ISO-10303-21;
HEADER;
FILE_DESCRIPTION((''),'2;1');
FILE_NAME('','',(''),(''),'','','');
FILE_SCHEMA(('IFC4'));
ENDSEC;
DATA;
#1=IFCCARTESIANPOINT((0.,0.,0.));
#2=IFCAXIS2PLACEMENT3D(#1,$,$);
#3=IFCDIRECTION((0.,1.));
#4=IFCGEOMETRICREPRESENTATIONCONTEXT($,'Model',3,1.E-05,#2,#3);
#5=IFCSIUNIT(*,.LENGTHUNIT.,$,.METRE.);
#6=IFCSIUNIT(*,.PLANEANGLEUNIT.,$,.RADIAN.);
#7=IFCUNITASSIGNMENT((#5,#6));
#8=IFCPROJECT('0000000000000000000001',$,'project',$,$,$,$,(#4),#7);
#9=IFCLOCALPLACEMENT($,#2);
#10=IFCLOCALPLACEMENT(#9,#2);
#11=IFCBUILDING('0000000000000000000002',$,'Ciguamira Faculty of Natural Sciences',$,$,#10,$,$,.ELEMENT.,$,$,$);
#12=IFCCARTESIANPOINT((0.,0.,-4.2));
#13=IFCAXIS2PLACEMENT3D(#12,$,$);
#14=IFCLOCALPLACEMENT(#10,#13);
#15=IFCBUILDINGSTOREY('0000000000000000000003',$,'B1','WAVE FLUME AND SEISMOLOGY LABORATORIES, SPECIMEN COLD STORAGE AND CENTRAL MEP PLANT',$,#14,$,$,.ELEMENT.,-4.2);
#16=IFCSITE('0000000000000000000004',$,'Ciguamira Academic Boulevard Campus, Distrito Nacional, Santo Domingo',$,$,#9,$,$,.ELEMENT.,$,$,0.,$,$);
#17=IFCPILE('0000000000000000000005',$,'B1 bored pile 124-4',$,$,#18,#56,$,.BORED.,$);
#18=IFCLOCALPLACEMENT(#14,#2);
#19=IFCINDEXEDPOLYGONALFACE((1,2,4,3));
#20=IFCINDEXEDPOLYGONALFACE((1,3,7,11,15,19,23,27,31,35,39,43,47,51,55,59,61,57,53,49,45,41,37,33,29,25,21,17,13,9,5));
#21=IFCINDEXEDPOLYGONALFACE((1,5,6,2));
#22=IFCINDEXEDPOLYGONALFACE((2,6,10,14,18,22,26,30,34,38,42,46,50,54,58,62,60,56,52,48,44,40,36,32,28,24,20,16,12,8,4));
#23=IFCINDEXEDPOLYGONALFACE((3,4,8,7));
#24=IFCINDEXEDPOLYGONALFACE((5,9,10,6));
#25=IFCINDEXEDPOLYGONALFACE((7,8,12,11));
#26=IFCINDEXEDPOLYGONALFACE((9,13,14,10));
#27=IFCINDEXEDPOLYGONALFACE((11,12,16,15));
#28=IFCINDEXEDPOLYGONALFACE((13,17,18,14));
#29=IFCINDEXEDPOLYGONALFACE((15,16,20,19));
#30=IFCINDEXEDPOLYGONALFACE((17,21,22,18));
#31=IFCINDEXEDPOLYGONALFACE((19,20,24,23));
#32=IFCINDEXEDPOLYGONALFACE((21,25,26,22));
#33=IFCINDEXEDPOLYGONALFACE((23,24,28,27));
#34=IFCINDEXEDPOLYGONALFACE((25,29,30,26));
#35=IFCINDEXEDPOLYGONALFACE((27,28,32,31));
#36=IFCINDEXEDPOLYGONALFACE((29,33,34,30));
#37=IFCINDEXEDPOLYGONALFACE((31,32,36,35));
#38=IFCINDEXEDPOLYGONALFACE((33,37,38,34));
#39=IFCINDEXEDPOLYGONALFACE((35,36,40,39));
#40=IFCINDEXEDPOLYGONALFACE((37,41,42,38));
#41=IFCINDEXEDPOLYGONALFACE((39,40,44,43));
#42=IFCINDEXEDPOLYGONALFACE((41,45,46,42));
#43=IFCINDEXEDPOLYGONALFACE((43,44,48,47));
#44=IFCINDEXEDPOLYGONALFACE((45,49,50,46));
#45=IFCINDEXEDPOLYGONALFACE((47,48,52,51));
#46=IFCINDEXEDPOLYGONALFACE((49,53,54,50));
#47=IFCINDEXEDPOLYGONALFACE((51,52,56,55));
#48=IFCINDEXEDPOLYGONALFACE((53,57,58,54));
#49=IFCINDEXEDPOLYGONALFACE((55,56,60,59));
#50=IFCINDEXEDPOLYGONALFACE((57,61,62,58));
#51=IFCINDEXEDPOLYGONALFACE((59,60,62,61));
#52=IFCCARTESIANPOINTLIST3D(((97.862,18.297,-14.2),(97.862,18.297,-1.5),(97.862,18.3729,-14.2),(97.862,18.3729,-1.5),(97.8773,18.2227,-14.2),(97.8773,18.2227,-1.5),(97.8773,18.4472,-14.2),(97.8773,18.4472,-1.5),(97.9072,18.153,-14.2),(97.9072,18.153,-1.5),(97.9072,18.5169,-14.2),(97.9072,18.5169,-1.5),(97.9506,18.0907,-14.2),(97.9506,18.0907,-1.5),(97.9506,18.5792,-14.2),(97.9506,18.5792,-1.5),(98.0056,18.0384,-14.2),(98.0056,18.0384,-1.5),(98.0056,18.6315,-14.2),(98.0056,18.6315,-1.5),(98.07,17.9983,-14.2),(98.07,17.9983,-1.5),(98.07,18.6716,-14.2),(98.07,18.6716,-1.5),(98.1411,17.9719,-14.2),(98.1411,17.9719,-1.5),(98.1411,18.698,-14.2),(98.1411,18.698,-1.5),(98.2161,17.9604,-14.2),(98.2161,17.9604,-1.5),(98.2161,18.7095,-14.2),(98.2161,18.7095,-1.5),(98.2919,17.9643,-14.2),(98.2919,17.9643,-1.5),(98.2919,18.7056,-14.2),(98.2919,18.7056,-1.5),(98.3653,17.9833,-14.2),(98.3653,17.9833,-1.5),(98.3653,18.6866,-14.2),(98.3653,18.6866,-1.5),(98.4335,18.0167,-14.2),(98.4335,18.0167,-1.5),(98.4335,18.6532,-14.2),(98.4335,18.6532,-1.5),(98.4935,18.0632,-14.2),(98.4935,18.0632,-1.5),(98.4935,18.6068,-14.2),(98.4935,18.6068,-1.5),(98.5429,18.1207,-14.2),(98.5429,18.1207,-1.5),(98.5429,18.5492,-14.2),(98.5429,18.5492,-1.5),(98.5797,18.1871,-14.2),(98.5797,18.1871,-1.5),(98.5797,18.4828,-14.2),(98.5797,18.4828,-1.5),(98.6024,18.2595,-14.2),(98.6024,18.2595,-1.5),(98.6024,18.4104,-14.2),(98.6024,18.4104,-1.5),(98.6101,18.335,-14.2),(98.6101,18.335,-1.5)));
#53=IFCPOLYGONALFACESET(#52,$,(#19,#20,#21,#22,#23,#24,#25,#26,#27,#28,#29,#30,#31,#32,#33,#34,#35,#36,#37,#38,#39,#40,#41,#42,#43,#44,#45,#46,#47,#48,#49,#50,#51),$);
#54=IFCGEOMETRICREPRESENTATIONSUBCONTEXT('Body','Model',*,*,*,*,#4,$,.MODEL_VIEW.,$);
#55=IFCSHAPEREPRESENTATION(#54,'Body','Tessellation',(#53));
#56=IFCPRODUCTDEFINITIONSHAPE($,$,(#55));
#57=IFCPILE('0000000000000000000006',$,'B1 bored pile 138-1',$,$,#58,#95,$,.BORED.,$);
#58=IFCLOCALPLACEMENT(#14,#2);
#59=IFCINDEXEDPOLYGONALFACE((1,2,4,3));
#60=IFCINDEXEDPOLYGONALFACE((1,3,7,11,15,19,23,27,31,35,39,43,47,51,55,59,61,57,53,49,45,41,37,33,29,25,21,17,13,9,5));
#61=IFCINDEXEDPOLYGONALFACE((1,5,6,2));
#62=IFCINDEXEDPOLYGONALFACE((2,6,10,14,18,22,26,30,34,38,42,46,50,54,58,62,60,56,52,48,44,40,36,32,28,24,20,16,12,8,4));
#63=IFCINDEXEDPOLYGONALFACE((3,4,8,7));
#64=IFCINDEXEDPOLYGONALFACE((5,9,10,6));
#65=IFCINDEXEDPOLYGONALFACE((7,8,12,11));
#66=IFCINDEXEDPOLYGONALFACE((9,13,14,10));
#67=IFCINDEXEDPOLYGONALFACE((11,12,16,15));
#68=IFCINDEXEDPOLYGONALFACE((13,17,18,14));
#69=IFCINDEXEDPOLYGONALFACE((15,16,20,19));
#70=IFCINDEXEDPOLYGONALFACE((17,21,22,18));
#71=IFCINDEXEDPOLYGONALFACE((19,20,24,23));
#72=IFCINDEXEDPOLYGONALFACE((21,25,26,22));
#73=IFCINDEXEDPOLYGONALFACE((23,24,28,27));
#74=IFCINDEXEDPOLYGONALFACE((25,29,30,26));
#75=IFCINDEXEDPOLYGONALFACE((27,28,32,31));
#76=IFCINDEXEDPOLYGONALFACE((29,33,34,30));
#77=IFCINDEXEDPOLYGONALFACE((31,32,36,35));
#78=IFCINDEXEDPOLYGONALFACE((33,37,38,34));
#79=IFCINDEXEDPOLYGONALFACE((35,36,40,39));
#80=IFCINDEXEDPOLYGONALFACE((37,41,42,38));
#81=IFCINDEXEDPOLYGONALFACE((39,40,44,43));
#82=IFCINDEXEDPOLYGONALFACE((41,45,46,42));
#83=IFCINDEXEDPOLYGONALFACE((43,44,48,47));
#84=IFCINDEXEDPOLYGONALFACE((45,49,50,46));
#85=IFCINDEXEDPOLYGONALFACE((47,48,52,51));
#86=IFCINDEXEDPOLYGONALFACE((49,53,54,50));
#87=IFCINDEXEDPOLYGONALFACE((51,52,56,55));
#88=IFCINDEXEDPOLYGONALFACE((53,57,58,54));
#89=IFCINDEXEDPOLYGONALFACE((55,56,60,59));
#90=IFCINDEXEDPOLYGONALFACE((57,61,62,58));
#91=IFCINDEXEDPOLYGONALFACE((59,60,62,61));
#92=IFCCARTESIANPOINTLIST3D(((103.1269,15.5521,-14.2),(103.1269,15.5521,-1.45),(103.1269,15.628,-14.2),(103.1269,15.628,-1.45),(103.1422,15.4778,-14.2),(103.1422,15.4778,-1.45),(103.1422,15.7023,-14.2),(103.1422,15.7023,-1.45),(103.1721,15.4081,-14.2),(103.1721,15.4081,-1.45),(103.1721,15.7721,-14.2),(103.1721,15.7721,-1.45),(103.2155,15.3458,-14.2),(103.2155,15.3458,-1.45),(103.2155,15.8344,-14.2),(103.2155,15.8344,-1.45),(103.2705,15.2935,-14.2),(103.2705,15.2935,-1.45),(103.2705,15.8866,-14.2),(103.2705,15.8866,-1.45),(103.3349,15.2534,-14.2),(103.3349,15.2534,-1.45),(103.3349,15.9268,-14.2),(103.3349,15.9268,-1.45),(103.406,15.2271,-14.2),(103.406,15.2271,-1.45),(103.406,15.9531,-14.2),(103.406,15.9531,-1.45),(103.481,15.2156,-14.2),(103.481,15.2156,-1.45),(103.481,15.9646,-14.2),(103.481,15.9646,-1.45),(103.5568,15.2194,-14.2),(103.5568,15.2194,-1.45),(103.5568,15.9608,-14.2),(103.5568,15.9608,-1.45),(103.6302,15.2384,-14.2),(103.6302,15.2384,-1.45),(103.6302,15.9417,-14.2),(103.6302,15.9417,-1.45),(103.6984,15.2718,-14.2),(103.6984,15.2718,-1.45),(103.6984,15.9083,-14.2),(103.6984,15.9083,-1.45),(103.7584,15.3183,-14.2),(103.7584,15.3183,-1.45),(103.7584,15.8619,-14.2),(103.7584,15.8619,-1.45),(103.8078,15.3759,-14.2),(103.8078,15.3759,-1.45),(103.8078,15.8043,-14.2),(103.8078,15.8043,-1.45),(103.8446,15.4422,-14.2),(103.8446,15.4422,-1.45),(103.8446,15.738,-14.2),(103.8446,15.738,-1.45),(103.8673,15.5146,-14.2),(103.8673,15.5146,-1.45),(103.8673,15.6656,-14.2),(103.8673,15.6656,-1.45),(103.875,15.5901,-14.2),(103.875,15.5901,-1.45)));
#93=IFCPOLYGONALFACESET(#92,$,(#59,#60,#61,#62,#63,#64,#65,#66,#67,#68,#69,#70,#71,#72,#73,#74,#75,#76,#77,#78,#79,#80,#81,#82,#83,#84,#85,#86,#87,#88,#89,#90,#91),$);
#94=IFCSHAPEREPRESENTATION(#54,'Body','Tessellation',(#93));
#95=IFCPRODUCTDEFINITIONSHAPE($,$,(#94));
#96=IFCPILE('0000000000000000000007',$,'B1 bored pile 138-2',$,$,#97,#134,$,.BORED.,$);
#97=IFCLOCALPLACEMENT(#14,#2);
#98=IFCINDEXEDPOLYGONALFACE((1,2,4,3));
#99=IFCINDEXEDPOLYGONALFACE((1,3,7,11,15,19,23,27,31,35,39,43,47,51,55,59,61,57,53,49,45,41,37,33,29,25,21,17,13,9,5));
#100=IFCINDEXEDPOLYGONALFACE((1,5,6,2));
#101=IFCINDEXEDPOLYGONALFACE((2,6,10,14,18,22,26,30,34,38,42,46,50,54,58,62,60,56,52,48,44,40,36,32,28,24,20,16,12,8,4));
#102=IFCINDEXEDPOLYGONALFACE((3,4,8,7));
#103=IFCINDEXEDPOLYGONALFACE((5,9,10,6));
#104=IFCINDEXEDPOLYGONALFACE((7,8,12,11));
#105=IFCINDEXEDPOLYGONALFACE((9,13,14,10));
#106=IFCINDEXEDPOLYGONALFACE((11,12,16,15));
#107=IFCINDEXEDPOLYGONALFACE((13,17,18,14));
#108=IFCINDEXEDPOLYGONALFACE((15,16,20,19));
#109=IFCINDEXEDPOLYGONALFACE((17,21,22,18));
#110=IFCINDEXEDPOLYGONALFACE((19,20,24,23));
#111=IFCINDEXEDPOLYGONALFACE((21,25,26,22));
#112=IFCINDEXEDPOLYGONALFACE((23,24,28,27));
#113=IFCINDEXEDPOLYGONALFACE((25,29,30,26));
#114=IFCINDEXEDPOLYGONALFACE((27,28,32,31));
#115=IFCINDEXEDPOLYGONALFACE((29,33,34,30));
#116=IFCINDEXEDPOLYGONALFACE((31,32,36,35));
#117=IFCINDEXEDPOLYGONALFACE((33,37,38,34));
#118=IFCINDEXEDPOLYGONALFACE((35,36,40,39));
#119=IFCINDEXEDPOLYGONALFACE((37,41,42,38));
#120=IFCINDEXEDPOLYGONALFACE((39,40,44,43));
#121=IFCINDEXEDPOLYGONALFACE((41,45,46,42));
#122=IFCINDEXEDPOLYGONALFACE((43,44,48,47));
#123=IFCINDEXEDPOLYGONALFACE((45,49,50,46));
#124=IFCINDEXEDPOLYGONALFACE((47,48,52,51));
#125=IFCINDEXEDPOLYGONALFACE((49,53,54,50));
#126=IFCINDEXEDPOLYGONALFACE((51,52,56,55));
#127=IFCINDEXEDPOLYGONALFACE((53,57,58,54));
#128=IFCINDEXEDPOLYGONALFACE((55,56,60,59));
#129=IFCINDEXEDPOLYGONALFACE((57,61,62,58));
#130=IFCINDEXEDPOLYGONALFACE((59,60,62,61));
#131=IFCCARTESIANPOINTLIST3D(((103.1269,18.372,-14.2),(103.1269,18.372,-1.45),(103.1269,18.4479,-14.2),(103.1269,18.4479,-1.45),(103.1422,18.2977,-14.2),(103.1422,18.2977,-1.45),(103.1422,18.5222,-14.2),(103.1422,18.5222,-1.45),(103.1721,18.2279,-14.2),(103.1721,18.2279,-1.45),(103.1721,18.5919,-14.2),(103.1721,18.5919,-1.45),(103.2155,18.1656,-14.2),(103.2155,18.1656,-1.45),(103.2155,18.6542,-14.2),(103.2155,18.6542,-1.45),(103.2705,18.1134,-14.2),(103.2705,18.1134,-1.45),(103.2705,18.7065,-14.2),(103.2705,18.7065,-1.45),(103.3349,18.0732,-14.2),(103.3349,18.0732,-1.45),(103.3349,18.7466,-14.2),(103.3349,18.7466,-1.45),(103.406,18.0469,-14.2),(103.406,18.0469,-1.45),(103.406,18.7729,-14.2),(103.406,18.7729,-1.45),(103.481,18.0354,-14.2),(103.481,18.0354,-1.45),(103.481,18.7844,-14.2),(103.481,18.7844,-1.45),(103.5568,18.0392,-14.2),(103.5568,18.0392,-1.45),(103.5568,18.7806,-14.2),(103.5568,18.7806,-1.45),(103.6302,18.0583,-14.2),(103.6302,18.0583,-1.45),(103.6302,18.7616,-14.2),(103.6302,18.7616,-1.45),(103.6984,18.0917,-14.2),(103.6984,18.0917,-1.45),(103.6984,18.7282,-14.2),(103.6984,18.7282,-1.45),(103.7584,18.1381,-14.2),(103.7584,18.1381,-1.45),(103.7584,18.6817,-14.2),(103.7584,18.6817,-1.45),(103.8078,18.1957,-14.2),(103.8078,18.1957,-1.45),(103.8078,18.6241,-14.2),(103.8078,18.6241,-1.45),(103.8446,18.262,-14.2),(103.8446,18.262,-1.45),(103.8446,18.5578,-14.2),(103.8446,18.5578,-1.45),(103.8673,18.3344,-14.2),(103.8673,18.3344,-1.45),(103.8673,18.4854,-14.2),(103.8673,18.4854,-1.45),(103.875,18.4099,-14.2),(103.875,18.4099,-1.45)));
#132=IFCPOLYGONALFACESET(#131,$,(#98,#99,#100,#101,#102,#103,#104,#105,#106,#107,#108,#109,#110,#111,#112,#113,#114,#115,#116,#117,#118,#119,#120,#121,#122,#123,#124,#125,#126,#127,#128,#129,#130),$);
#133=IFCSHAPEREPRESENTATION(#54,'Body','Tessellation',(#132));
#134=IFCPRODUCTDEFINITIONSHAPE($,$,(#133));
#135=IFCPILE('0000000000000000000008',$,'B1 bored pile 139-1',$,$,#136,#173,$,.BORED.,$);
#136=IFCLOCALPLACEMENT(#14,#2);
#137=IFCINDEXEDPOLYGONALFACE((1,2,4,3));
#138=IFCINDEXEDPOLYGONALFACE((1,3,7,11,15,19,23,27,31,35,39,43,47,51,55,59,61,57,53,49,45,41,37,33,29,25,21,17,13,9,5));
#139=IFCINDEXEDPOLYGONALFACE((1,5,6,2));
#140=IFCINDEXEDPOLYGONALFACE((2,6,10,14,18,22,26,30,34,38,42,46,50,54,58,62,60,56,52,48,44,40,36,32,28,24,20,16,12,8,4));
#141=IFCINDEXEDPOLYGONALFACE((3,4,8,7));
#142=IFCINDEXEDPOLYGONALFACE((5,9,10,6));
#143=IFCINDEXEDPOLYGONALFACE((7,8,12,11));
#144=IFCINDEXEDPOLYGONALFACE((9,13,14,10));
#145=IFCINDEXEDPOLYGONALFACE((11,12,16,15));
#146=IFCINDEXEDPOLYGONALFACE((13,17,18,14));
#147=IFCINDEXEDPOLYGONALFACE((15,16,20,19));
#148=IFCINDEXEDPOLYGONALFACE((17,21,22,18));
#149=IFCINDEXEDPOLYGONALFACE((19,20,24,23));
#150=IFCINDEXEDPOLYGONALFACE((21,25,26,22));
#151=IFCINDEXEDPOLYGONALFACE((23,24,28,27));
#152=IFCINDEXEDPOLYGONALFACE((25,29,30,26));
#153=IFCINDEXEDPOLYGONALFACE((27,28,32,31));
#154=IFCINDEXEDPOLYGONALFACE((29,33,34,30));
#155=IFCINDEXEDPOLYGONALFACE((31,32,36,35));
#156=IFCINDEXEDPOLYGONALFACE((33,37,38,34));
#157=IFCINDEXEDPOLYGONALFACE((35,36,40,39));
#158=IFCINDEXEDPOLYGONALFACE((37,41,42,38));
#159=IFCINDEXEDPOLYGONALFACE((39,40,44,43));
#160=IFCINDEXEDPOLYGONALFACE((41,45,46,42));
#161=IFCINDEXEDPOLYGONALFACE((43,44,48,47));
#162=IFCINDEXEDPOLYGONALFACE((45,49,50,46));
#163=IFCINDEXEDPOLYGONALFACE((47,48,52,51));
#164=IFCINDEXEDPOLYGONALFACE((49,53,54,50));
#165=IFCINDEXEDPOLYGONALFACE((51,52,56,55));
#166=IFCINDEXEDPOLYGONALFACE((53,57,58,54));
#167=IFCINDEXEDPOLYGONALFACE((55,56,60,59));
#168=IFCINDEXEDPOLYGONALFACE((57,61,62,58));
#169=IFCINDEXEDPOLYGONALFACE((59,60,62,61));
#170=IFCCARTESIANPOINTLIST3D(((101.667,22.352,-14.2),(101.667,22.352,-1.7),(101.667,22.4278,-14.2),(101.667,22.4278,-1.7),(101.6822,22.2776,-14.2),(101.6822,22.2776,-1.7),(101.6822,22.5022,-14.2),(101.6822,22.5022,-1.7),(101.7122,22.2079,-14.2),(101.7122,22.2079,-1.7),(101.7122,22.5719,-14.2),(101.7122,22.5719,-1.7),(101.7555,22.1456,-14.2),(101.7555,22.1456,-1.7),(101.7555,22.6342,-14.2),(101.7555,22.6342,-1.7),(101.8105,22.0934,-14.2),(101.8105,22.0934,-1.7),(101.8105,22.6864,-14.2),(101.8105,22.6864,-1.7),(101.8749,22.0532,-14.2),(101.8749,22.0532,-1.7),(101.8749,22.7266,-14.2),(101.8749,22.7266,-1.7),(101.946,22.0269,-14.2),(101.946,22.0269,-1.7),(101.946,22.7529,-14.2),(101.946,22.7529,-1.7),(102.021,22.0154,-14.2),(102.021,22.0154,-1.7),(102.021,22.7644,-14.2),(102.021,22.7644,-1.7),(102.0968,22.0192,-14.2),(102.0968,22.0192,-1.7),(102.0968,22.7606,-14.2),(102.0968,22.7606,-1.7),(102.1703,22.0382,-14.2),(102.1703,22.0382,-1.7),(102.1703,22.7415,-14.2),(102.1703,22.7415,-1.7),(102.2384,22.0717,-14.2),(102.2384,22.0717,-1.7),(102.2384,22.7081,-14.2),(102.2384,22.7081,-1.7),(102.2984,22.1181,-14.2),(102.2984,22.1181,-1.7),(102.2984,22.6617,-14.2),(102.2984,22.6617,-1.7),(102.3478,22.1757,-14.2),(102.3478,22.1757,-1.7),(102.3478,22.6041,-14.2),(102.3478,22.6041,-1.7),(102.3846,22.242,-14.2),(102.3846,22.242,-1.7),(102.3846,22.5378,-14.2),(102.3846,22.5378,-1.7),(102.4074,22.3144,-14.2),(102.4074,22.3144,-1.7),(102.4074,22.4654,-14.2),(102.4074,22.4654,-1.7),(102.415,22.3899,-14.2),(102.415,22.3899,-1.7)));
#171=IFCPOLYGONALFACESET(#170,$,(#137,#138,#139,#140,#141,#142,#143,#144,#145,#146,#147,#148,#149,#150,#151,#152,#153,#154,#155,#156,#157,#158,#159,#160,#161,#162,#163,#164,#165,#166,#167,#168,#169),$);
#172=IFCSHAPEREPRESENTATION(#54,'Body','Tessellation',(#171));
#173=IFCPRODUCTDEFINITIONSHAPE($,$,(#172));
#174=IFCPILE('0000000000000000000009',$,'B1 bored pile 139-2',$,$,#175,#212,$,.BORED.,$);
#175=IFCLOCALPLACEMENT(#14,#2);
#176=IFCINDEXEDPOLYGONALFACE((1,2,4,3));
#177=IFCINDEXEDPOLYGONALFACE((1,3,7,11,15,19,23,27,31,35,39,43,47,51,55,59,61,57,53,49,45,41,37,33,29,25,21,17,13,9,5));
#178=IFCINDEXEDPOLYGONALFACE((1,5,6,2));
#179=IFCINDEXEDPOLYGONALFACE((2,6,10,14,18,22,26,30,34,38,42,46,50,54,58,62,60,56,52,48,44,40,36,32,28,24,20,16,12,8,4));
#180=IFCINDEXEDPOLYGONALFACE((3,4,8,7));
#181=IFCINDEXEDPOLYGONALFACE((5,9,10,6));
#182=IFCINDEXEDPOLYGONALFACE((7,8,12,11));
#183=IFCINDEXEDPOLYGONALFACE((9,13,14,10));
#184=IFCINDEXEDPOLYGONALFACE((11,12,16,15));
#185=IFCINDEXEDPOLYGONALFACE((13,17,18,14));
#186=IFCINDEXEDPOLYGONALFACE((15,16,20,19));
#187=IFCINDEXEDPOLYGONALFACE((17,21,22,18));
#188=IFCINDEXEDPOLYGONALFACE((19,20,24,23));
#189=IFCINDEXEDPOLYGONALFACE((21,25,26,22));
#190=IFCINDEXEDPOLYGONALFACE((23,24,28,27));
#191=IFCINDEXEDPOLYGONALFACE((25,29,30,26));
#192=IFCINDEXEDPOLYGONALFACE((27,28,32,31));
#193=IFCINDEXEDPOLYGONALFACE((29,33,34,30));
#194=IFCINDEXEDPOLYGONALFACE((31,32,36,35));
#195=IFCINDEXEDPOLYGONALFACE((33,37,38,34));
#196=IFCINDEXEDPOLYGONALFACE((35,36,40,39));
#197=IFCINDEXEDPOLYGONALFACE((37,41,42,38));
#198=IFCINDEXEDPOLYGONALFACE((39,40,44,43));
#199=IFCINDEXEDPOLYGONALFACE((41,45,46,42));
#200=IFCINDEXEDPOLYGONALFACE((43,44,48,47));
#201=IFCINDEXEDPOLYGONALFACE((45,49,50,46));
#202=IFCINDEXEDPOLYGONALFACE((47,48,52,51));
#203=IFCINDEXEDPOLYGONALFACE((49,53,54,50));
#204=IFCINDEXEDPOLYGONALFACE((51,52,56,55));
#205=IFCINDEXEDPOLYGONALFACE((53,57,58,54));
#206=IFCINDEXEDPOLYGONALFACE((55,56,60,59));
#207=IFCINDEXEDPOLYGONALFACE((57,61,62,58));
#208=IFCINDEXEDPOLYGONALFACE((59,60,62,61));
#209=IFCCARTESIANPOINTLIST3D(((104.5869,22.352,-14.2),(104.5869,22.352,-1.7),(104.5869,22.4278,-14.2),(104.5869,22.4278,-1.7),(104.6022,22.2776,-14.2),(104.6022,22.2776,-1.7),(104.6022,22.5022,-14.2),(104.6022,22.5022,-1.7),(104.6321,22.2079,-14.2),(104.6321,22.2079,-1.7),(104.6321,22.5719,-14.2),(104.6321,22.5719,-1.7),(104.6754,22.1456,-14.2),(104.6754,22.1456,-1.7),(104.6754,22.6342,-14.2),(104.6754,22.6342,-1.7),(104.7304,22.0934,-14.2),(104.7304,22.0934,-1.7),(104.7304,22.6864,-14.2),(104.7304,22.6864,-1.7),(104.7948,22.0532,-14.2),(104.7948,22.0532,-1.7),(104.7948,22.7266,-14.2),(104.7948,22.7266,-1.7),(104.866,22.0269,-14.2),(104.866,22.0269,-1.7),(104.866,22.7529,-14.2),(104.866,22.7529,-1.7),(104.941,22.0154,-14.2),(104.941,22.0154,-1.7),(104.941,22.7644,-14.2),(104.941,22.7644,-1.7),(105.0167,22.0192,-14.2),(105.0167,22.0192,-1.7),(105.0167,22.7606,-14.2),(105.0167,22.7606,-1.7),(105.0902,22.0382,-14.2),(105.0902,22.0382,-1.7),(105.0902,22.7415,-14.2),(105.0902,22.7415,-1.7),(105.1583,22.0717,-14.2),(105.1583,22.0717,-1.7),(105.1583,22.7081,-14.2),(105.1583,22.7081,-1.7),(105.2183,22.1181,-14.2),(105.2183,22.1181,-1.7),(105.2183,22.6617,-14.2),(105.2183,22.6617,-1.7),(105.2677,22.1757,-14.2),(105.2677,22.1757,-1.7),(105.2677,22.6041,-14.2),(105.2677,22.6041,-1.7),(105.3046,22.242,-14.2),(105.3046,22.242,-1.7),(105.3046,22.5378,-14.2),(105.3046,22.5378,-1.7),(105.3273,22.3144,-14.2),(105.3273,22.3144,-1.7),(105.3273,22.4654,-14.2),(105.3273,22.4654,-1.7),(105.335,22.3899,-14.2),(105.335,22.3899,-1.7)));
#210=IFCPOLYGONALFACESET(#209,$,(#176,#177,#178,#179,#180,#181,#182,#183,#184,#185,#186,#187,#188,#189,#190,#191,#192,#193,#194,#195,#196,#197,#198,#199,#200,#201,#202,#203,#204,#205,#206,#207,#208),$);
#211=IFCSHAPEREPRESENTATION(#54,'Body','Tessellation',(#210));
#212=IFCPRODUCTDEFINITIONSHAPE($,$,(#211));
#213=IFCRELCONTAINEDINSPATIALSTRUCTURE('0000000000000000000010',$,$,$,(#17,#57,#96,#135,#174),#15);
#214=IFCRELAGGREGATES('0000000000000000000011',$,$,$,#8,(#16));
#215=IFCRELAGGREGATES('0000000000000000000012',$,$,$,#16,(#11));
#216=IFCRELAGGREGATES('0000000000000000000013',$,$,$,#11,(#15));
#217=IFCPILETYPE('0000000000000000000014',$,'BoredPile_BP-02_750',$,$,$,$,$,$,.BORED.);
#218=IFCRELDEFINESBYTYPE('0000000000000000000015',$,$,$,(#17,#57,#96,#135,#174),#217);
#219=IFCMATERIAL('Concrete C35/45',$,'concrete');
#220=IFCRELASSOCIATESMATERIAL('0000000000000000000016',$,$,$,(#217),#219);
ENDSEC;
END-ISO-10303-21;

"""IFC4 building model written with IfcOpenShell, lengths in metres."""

from ifc_helpers import new_model, si_unit, direction, frame, origin, origin_2d, place, context, subcontext, project, spatial, circle, extrude, material, material_profile, profile_set, type_object, element, save


model = new_model("IFC4")

# Units and contexts
model_context = context("Model", 3, precision=1e-05, world=origin(), true_north=direction((0.0, 1.0)))
body_context = subcontext(model_context, "Body", "Model", "MODEL_VIEW")
ifc_project = project(units=[si_unit("LENGTHUNIT", "METRE"), si_unit("PLANEANGLEUNIT", "RADIAN")], contexts=[model_context])

# Site, building, storey
site_placement = place(None, origin())
site = spatial("IfcSite", under=ifc_project, at=site_placement, Name="Ciguamira Academic Boulevard Campus, Distrito Nacional, Santo Domingo", CompositionType="ELEMENT", RefElevation=0.0)
building_placement = place(site_placement, origin())
building = spatial("IfcBuilding", under=site, at=building_placement, Name="Ciguamira Faculty of Natural Sciences", CompositionType="ELEMENT")
storey_placement = place(building_placement, frame((0.0, 0.0, -4.2)))
storey = spatial("IfcBuildingStorey", under=building, at=storey_placement, Name="B1", Description="WAVE FLUME AND SEISMOLOGY LABORATORIES, SPECIMEN COLD STORAGE AND CENTRAL MEP PLANT", CompositionType="ELEMENT", Elevation=-4.2)

# Piles
ifc_material_1 = material(Name="Concrete C35/45", Category="concrete")
ifc_material_profile_1 = material_profile(ifc_material_1, circle(Radius=0.375, at=origin_2d()), Name="PILE-BORED-750")
ifc_profile_set_1 = profile_set([ifc_material_profile_1], Name="Concrete C35/45")
pile_type = type_object("IfcPileType", Name="BoredPile_BP-02_750", PredefinedType="BORED", material=ifc_profile_set_1)
pile_1_placement = place(storey_placement, frame((98.2351, 18.335, -1.5), z_axis=(0.0, 0.0, -1.0), x_axis=(1.0, 0.0, 0.0)))
element("IfcPile", 1, at=pile_1_placement, inside=storey, type_object=pile_type, Name="B1 bored pile 124-4", PredefinedType="BORED", context=body_context, shape_type="SweptSolid", body=[
    extrude(circle(Radius=0.375, at=origin_2d()), origin(), (0.0, 0.0, 1.0), 12.7),
])
for number, where, z_axis, x_axis, name in (
    (2, (103.5, 15.5901, -1.45), (0.0, 0.0, -1.0), (1.0, 0.0, 0.0), "B1 bored pile 138-1"),
    (3, (103.5, 18.4099, -1.45), (0.0, 0.0, -1.0), (1.0, 0.0, 0.0), "B1 bored pile 138-2"),
):
    element("IfcPile", number, at=place(storey_placement, frame(where, z_axis=z_axis, x_axis=x_axis)), inside=storey, type_object=pile_type, Name=name, PredefinedType="BORED", context=body_context, shape_type="SweptSolid", body=[
        extrude(circle(Radius=0.375, at=origin_2d()), origin(), (0.0, 0.0, 1.0), 12.75),
    ])
for number, where, z_axis, x_axis, name in (
    (4, (102.04, 22.3899, -1.7), (0.0, 0.0, -1.0), (1.0, 0.0, 0.0), "B1 bored pile 139-1"),
    (5, (104.96, 22.3899, -1.7), (0.0, 0.0, -1.0), (1.0, 0.0, 0.0), "B1 bored pile 139-2"),
):
    element("IfcPile", number, at=place(storey_placement, frame(where, z_axis=z_axis, x_axis=x_axis)), inside=storey, type_object=pile_type, Name=name, PredefinedType="BORED", context=body_context, shape_type="SweptSolid", body=[
        extrude(circle(Radius=0.375, at=origin_2d()), origin(), (0.0, 0.0, 1.0), 12.5),
    ])

save(model, "model.ifc")
